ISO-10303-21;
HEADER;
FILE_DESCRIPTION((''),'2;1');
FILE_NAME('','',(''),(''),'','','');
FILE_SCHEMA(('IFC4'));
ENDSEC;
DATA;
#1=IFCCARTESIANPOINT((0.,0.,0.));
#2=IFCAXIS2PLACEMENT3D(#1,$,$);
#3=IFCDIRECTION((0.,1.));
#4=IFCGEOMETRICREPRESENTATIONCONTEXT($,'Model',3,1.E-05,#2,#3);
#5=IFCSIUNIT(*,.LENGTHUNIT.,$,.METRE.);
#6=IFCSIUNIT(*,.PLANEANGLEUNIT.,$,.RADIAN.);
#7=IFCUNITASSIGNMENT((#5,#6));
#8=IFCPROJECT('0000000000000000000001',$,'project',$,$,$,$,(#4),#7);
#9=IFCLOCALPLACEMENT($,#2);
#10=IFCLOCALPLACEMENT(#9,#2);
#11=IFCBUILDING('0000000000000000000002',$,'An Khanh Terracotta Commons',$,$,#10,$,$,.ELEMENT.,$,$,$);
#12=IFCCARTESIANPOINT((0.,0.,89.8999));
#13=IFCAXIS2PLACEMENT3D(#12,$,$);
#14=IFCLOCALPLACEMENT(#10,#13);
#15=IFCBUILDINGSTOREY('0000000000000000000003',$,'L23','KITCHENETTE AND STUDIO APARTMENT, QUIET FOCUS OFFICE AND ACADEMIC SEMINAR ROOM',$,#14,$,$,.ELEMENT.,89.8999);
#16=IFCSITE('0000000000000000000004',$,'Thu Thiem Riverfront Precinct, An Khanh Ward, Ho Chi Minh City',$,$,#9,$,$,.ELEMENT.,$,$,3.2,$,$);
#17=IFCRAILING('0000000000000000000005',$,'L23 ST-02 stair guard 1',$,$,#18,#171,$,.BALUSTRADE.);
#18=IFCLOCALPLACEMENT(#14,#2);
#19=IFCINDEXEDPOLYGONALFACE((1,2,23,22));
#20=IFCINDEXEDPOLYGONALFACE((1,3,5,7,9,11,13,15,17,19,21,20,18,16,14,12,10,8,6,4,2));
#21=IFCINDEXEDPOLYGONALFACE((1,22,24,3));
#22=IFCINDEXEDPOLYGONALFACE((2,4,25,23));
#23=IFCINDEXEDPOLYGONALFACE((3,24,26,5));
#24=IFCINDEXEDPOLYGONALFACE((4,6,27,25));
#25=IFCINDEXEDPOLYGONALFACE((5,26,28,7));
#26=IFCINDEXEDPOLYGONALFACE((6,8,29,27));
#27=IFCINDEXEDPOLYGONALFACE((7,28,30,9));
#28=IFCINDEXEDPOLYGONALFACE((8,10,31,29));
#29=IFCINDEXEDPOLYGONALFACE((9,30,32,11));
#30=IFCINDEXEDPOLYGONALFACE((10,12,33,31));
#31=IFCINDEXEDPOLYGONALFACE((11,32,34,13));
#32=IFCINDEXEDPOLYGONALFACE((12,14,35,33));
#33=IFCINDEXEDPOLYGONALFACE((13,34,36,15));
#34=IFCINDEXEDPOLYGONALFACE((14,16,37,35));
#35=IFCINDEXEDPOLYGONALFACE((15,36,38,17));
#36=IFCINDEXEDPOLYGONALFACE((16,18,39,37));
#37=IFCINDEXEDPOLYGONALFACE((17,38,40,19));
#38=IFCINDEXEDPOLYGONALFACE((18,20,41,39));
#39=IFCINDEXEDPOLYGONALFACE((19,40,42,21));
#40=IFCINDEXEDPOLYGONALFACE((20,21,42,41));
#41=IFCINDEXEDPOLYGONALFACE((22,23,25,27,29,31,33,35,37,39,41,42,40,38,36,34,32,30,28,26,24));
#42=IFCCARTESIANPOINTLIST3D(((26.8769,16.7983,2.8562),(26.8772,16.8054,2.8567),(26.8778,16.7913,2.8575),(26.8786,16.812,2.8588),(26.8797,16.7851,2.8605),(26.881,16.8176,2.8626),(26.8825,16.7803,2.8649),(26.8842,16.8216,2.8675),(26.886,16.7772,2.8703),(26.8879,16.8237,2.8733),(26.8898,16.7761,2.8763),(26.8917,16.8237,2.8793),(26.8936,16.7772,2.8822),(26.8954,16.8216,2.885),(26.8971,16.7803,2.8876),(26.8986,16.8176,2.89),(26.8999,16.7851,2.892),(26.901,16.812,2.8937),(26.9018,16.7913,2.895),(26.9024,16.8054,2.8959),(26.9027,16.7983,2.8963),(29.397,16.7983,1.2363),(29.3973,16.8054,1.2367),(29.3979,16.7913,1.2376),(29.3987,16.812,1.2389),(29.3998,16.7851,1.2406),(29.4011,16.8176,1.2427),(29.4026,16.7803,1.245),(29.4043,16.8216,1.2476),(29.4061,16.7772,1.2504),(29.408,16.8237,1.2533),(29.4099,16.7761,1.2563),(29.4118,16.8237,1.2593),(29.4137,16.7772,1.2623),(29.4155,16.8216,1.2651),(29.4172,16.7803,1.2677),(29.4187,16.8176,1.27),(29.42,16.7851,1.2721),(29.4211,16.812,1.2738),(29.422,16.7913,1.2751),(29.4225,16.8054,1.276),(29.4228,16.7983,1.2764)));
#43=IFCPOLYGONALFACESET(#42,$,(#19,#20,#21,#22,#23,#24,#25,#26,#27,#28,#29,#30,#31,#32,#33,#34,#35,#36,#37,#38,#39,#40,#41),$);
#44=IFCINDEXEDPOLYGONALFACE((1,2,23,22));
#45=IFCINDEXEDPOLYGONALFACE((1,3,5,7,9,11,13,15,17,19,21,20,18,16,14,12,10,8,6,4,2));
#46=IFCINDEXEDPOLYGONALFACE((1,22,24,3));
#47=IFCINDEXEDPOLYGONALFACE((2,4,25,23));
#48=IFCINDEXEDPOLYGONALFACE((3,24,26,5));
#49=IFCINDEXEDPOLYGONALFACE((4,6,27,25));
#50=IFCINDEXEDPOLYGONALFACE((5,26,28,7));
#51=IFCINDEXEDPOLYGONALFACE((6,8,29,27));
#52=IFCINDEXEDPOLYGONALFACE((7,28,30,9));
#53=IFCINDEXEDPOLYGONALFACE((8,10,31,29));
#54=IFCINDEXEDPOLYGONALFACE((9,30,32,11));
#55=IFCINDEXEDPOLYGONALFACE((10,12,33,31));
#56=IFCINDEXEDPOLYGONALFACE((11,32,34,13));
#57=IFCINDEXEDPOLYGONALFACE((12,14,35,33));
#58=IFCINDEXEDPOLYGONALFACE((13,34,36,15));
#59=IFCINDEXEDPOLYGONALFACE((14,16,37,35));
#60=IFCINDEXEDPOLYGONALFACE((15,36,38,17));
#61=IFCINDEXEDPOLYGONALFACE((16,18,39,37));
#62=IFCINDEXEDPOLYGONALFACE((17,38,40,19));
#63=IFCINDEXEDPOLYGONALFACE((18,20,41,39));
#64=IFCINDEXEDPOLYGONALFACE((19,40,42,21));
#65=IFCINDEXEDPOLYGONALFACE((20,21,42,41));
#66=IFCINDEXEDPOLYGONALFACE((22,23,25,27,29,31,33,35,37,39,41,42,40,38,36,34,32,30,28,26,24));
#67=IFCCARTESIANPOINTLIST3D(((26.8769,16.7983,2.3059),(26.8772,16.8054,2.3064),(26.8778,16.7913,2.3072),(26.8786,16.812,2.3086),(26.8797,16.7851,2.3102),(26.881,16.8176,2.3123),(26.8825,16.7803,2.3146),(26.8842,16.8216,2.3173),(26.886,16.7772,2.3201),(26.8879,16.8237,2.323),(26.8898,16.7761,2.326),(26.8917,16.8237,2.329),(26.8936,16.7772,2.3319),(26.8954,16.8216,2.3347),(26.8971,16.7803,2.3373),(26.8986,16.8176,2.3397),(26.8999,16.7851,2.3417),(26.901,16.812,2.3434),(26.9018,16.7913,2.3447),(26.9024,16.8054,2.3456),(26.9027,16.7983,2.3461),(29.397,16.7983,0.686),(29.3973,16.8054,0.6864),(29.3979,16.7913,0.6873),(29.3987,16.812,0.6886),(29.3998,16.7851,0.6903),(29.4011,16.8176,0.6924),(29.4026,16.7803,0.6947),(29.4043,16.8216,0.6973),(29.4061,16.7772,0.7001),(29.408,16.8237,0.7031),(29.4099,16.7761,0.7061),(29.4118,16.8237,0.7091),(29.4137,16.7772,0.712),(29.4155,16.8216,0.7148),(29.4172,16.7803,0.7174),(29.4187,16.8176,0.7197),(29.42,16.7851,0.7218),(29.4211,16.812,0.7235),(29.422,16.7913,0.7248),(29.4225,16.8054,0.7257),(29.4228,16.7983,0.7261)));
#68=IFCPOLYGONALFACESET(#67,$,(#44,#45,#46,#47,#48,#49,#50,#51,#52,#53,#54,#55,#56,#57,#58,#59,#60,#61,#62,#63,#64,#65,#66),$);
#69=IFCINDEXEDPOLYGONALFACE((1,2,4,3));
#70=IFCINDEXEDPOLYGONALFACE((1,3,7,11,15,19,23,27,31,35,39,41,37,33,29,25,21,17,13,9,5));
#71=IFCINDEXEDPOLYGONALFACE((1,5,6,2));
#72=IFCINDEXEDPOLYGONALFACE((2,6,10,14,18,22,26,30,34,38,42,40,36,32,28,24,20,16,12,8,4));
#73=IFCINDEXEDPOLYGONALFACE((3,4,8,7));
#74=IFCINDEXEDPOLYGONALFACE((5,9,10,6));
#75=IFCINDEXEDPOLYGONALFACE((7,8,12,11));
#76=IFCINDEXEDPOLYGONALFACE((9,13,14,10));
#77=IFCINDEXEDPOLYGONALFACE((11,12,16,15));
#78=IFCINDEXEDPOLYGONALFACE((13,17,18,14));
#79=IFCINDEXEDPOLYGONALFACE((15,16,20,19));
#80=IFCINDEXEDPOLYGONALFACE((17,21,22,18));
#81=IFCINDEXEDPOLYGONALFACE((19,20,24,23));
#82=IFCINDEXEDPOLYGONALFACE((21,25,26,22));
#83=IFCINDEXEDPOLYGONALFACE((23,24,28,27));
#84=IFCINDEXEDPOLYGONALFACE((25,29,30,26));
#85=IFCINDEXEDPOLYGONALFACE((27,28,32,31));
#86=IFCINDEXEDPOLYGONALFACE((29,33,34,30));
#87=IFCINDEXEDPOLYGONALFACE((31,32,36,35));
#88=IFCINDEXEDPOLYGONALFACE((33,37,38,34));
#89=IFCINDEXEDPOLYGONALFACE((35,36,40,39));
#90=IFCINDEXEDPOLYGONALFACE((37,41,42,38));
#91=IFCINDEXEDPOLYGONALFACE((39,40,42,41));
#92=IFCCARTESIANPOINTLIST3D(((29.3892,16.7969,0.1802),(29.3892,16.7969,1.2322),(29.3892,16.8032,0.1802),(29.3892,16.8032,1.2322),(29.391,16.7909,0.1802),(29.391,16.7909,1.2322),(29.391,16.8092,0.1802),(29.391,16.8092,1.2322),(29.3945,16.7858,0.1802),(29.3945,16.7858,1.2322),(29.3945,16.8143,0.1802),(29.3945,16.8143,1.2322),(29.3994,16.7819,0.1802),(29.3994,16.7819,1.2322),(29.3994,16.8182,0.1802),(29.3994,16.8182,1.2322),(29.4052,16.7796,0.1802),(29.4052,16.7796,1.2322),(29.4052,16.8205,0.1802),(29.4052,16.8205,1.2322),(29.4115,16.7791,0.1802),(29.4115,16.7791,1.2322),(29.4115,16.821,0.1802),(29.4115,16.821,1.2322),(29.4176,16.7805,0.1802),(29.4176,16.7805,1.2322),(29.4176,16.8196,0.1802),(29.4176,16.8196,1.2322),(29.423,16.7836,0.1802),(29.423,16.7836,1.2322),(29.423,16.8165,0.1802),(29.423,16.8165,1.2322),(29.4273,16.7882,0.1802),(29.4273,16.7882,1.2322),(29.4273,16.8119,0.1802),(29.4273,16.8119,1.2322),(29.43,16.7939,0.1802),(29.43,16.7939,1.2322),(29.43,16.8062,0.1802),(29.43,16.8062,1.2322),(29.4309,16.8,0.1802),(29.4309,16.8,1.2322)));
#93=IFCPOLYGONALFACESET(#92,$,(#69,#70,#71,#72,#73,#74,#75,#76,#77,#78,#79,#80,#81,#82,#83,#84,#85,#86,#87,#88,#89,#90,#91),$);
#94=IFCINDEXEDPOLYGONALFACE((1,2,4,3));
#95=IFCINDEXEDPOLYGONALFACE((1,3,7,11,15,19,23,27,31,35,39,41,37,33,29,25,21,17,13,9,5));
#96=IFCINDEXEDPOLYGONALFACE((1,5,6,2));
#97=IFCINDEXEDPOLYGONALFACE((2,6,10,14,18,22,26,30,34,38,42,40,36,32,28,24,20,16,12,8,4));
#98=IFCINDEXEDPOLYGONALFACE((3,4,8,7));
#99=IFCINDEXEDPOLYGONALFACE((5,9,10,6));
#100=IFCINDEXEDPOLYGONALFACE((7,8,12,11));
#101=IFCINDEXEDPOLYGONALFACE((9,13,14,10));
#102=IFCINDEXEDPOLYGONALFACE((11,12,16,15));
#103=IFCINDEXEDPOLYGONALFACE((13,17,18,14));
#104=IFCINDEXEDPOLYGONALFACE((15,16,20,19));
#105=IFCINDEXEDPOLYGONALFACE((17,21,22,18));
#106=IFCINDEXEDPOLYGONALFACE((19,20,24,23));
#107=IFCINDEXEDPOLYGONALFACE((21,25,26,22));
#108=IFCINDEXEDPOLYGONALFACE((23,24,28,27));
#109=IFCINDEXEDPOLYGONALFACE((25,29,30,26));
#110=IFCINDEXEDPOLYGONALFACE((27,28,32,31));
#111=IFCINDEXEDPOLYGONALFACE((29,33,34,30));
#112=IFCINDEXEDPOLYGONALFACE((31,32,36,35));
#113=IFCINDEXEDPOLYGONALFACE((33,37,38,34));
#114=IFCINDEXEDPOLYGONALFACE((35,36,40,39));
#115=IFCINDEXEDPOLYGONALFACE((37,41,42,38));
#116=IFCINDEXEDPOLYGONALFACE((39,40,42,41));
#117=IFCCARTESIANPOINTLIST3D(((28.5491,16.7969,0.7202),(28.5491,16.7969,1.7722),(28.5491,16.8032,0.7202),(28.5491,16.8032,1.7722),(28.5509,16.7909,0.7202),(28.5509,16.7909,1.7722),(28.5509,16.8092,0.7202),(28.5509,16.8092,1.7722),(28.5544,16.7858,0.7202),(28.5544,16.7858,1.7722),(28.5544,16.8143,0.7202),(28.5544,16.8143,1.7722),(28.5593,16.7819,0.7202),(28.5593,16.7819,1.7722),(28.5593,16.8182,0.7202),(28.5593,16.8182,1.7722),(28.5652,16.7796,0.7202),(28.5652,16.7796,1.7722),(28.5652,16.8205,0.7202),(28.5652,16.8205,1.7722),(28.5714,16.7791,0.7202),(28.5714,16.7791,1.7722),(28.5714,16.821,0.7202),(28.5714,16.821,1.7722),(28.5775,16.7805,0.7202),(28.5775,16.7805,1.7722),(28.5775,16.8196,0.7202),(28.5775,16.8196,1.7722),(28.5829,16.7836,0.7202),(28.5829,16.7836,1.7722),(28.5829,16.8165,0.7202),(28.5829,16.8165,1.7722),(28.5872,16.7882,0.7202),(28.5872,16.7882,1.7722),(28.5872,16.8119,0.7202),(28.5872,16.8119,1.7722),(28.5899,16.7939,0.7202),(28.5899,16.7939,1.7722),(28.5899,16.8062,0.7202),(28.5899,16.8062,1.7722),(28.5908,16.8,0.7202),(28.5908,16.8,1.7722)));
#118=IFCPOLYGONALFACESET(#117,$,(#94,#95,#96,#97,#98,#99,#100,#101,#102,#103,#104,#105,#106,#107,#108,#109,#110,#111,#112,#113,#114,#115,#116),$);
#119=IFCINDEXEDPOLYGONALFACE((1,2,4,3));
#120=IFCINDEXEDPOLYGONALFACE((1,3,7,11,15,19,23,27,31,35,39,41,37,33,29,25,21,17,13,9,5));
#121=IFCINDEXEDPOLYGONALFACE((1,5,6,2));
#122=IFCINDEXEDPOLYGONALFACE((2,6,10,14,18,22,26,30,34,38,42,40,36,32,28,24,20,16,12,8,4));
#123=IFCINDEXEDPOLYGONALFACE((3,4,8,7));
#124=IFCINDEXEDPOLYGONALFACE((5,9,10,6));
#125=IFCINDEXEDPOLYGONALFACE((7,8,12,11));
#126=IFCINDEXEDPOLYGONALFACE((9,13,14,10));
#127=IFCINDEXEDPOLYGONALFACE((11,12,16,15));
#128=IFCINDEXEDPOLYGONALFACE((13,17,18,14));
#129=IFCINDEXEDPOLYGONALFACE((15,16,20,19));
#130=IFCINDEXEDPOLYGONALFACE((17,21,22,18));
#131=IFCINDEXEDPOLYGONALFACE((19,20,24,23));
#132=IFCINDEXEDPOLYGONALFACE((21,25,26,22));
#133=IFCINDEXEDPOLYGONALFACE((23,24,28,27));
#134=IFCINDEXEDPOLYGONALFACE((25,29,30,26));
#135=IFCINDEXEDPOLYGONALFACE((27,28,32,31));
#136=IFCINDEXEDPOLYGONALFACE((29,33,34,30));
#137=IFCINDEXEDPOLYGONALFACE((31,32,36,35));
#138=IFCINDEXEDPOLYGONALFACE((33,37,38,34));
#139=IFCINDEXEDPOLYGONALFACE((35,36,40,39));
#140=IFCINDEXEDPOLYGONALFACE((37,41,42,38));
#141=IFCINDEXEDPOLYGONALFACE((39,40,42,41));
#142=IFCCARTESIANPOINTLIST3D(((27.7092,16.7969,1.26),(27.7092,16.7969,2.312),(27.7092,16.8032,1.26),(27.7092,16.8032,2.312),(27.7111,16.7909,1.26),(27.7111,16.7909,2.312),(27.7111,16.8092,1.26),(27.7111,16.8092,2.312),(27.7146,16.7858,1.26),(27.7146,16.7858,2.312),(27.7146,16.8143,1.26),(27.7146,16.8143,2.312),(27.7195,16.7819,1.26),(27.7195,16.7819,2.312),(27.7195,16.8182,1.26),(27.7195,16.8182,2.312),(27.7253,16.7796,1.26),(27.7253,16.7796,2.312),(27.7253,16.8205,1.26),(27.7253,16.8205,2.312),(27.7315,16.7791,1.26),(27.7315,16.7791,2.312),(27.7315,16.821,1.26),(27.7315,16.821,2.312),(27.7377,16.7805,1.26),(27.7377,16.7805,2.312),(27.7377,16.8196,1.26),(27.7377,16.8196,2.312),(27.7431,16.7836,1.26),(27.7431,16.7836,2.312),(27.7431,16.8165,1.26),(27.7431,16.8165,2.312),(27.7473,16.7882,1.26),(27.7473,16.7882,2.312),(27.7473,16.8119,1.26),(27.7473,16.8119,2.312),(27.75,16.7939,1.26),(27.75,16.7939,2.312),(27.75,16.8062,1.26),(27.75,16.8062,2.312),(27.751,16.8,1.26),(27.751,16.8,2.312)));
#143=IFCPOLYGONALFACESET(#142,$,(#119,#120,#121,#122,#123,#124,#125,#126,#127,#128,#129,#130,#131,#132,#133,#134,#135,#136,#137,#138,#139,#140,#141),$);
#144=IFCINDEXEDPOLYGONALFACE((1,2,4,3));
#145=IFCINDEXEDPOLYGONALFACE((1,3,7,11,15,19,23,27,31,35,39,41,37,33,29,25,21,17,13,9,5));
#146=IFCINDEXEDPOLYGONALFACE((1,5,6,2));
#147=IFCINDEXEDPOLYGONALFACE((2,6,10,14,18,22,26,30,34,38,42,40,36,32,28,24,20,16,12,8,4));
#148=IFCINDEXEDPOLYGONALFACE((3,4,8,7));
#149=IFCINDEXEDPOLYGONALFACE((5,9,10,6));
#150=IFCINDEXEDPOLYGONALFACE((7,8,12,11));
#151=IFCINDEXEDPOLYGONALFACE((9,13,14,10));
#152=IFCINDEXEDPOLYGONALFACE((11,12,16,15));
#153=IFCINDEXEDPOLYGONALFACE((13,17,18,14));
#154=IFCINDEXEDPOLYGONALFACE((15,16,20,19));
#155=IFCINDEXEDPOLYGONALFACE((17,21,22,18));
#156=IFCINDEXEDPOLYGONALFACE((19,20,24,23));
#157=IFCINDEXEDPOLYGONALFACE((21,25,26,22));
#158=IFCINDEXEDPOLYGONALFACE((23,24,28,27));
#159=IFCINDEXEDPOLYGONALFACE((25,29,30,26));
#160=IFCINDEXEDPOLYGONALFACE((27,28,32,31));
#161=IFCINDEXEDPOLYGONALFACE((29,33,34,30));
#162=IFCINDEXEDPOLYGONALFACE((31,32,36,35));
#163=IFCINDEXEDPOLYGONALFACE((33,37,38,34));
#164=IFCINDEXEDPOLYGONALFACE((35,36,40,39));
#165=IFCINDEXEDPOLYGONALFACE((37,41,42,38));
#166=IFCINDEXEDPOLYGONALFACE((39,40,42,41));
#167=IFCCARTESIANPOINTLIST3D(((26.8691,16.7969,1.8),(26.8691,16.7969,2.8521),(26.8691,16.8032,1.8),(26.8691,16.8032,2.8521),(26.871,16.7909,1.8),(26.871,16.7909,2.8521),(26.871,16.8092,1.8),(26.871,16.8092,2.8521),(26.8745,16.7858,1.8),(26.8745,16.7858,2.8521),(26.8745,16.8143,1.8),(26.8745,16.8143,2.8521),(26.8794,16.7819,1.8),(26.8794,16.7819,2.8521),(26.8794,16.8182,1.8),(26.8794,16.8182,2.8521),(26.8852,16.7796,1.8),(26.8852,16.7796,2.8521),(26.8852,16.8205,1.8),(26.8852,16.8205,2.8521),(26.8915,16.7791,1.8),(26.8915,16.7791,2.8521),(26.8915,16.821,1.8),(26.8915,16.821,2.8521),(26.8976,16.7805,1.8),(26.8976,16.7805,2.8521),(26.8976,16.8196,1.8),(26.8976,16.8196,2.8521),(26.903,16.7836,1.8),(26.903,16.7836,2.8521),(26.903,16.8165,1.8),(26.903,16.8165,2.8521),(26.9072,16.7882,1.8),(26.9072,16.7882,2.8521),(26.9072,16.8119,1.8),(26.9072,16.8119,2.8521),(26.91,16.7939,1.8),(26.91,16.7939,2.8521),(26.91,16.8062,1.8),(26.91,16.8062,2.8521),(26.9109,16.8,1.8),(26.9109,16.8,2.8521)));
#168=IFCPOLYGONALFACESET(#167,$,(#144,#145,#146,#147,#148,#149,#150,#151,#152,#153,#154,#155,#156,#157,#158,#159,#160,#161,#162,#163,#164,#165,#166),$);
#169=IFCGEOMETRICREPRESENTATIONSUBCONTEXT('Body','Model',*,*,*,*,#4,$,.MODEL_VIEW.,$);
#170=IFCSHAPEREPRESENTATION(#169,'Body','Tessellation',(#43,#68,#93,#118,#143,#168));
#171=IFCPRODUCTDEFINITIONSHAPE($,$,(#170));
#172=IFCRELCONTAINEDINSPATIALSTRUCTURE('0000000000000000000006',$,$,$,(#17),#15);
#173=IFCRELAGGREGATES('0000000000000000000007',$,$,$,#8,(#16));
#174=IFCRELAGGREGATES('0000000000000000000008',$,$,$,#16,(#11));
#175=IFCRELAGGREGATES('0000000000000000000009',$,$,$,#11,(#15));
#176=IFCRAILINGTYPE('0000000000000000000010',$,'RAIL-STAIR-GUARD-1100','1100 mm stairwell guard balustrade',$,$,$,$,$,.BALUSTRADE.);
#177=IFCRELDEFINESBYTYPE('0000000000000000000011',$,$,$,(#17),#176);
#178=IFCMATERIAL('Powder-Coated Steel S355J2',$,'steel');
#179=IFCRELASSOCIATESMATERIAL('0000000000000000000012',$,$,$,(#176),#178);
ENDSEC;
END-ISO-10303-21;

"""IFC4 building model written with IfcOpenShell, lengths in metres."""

from ifc_helpers import new_model, si_unit, direction, frame, origin, origin_2d, place, context, subcontext, project, spatial, circle, extrude, material, type_object, element, save


model = new_model("IFC4")

# Units and contexts
model_context = context("Model", 3, precision=1e-05, world=origin(), true_north=direction((0.0, 1.0)))
body_context = subcontext(model_context, "Body", "Model", "MODEL_VIEW")
ifc_project = project(units=[si_unit("LENGTHUNIT", "METRE"), si_unit("PLANEANGLEUNIT", "RADIAN")], contexts=[model_context])

# Site, building, storey
site_placement = place(None, origin())
site = spatial("IfcSite", under=ifc_project, at=site_placement, Name="Thu Thiem Riverfront Precinct, An Khanh Ward, Ho Chi Minh City", CompositionType="ELEMENT", RefElevation=3.2)
building_placement = place(site_placement, origin())
building = spatial("IfcBuilding", under=site, at=building_placement, Name="An Khanh Terracotta Commons", CompositionType="ELEMENT")
storey_placement = place(building_placement, frame((0.0, 0.0, 89.8999)))
storey = spatial("IfcBuildingStorey", under=building, at=storey_placement, Name="L23", Description="KITCHENETTE AND STUDIO APARTMENT, QUIET FOCUS OFFICE AND ACADEMIC SEMINAR ROOM", CompositionType="ELEMENT", Elevation=89.8999)

# Railing
ifc_material_1 = material(Name="Powder-Coated Steel S355J2", Category="steel")
railing_type_1 = type_object("IfcRailingType", Name="RAIL-STAIR-GUARD-1100", Description="1100 mm stairwell guard balustrade", PredefinedType="BALUSTRADE", material=ifc_material_1)
railing_1_placement = place(storey_placement, frame((29.4099, 16.8, 0.1802)))
element("IfcRailing", 1, at=railing_1_placement, inside=storey, type_object=railing_type_1, Name="L23 ST-02 stair guard 1", PredefinedType="BALUSTRADE", context=body_context, shape_type="SweptSolid", body=[
    extrude(circle(Radius=0.0239, at=origin_2d()), frame((0.0, 0.0, 1.0762), z_axis=(-0.8412, 0.0, 0.540725), x_axis=(0.0, -1.0, 0.0)), (0.0, 0.0, 1.0), 2.9958),
    extrude(circle(Radius=0.0239, at=origin_2d()), frame((0.0, 0.0, 0.5259), z_axis=(-0.8412, 0.0, 0.540725), x_axis=(0.0, -1.0, 0.0)), (0.0, 0.0, 1.0), 2.9958),
    extrude(circle(Radius=0.021, at=origin_2d()), origin(), (0.0, 0.0, 1.0), 1.052),
    extrude(circle(Radius=0.021, at=origin_2d()), frame((-0.8401, 0.0, 0.54)), (0.0, 0.0, 1.0), 1.052),
    extrude(circle(Radius=0.021, at=origin_2d()), frame((-1.6799, 0.0, 1.0798)), (0.0, 0.0, 1.0), 1.052),
    extrude(circle(Radius=0.021, at=origin_2d()), frame((-2.52, 0.0, 1.6199)), (0.0, 0.0, 1.0), 1.052),
])

save(model, "model.ifc")
